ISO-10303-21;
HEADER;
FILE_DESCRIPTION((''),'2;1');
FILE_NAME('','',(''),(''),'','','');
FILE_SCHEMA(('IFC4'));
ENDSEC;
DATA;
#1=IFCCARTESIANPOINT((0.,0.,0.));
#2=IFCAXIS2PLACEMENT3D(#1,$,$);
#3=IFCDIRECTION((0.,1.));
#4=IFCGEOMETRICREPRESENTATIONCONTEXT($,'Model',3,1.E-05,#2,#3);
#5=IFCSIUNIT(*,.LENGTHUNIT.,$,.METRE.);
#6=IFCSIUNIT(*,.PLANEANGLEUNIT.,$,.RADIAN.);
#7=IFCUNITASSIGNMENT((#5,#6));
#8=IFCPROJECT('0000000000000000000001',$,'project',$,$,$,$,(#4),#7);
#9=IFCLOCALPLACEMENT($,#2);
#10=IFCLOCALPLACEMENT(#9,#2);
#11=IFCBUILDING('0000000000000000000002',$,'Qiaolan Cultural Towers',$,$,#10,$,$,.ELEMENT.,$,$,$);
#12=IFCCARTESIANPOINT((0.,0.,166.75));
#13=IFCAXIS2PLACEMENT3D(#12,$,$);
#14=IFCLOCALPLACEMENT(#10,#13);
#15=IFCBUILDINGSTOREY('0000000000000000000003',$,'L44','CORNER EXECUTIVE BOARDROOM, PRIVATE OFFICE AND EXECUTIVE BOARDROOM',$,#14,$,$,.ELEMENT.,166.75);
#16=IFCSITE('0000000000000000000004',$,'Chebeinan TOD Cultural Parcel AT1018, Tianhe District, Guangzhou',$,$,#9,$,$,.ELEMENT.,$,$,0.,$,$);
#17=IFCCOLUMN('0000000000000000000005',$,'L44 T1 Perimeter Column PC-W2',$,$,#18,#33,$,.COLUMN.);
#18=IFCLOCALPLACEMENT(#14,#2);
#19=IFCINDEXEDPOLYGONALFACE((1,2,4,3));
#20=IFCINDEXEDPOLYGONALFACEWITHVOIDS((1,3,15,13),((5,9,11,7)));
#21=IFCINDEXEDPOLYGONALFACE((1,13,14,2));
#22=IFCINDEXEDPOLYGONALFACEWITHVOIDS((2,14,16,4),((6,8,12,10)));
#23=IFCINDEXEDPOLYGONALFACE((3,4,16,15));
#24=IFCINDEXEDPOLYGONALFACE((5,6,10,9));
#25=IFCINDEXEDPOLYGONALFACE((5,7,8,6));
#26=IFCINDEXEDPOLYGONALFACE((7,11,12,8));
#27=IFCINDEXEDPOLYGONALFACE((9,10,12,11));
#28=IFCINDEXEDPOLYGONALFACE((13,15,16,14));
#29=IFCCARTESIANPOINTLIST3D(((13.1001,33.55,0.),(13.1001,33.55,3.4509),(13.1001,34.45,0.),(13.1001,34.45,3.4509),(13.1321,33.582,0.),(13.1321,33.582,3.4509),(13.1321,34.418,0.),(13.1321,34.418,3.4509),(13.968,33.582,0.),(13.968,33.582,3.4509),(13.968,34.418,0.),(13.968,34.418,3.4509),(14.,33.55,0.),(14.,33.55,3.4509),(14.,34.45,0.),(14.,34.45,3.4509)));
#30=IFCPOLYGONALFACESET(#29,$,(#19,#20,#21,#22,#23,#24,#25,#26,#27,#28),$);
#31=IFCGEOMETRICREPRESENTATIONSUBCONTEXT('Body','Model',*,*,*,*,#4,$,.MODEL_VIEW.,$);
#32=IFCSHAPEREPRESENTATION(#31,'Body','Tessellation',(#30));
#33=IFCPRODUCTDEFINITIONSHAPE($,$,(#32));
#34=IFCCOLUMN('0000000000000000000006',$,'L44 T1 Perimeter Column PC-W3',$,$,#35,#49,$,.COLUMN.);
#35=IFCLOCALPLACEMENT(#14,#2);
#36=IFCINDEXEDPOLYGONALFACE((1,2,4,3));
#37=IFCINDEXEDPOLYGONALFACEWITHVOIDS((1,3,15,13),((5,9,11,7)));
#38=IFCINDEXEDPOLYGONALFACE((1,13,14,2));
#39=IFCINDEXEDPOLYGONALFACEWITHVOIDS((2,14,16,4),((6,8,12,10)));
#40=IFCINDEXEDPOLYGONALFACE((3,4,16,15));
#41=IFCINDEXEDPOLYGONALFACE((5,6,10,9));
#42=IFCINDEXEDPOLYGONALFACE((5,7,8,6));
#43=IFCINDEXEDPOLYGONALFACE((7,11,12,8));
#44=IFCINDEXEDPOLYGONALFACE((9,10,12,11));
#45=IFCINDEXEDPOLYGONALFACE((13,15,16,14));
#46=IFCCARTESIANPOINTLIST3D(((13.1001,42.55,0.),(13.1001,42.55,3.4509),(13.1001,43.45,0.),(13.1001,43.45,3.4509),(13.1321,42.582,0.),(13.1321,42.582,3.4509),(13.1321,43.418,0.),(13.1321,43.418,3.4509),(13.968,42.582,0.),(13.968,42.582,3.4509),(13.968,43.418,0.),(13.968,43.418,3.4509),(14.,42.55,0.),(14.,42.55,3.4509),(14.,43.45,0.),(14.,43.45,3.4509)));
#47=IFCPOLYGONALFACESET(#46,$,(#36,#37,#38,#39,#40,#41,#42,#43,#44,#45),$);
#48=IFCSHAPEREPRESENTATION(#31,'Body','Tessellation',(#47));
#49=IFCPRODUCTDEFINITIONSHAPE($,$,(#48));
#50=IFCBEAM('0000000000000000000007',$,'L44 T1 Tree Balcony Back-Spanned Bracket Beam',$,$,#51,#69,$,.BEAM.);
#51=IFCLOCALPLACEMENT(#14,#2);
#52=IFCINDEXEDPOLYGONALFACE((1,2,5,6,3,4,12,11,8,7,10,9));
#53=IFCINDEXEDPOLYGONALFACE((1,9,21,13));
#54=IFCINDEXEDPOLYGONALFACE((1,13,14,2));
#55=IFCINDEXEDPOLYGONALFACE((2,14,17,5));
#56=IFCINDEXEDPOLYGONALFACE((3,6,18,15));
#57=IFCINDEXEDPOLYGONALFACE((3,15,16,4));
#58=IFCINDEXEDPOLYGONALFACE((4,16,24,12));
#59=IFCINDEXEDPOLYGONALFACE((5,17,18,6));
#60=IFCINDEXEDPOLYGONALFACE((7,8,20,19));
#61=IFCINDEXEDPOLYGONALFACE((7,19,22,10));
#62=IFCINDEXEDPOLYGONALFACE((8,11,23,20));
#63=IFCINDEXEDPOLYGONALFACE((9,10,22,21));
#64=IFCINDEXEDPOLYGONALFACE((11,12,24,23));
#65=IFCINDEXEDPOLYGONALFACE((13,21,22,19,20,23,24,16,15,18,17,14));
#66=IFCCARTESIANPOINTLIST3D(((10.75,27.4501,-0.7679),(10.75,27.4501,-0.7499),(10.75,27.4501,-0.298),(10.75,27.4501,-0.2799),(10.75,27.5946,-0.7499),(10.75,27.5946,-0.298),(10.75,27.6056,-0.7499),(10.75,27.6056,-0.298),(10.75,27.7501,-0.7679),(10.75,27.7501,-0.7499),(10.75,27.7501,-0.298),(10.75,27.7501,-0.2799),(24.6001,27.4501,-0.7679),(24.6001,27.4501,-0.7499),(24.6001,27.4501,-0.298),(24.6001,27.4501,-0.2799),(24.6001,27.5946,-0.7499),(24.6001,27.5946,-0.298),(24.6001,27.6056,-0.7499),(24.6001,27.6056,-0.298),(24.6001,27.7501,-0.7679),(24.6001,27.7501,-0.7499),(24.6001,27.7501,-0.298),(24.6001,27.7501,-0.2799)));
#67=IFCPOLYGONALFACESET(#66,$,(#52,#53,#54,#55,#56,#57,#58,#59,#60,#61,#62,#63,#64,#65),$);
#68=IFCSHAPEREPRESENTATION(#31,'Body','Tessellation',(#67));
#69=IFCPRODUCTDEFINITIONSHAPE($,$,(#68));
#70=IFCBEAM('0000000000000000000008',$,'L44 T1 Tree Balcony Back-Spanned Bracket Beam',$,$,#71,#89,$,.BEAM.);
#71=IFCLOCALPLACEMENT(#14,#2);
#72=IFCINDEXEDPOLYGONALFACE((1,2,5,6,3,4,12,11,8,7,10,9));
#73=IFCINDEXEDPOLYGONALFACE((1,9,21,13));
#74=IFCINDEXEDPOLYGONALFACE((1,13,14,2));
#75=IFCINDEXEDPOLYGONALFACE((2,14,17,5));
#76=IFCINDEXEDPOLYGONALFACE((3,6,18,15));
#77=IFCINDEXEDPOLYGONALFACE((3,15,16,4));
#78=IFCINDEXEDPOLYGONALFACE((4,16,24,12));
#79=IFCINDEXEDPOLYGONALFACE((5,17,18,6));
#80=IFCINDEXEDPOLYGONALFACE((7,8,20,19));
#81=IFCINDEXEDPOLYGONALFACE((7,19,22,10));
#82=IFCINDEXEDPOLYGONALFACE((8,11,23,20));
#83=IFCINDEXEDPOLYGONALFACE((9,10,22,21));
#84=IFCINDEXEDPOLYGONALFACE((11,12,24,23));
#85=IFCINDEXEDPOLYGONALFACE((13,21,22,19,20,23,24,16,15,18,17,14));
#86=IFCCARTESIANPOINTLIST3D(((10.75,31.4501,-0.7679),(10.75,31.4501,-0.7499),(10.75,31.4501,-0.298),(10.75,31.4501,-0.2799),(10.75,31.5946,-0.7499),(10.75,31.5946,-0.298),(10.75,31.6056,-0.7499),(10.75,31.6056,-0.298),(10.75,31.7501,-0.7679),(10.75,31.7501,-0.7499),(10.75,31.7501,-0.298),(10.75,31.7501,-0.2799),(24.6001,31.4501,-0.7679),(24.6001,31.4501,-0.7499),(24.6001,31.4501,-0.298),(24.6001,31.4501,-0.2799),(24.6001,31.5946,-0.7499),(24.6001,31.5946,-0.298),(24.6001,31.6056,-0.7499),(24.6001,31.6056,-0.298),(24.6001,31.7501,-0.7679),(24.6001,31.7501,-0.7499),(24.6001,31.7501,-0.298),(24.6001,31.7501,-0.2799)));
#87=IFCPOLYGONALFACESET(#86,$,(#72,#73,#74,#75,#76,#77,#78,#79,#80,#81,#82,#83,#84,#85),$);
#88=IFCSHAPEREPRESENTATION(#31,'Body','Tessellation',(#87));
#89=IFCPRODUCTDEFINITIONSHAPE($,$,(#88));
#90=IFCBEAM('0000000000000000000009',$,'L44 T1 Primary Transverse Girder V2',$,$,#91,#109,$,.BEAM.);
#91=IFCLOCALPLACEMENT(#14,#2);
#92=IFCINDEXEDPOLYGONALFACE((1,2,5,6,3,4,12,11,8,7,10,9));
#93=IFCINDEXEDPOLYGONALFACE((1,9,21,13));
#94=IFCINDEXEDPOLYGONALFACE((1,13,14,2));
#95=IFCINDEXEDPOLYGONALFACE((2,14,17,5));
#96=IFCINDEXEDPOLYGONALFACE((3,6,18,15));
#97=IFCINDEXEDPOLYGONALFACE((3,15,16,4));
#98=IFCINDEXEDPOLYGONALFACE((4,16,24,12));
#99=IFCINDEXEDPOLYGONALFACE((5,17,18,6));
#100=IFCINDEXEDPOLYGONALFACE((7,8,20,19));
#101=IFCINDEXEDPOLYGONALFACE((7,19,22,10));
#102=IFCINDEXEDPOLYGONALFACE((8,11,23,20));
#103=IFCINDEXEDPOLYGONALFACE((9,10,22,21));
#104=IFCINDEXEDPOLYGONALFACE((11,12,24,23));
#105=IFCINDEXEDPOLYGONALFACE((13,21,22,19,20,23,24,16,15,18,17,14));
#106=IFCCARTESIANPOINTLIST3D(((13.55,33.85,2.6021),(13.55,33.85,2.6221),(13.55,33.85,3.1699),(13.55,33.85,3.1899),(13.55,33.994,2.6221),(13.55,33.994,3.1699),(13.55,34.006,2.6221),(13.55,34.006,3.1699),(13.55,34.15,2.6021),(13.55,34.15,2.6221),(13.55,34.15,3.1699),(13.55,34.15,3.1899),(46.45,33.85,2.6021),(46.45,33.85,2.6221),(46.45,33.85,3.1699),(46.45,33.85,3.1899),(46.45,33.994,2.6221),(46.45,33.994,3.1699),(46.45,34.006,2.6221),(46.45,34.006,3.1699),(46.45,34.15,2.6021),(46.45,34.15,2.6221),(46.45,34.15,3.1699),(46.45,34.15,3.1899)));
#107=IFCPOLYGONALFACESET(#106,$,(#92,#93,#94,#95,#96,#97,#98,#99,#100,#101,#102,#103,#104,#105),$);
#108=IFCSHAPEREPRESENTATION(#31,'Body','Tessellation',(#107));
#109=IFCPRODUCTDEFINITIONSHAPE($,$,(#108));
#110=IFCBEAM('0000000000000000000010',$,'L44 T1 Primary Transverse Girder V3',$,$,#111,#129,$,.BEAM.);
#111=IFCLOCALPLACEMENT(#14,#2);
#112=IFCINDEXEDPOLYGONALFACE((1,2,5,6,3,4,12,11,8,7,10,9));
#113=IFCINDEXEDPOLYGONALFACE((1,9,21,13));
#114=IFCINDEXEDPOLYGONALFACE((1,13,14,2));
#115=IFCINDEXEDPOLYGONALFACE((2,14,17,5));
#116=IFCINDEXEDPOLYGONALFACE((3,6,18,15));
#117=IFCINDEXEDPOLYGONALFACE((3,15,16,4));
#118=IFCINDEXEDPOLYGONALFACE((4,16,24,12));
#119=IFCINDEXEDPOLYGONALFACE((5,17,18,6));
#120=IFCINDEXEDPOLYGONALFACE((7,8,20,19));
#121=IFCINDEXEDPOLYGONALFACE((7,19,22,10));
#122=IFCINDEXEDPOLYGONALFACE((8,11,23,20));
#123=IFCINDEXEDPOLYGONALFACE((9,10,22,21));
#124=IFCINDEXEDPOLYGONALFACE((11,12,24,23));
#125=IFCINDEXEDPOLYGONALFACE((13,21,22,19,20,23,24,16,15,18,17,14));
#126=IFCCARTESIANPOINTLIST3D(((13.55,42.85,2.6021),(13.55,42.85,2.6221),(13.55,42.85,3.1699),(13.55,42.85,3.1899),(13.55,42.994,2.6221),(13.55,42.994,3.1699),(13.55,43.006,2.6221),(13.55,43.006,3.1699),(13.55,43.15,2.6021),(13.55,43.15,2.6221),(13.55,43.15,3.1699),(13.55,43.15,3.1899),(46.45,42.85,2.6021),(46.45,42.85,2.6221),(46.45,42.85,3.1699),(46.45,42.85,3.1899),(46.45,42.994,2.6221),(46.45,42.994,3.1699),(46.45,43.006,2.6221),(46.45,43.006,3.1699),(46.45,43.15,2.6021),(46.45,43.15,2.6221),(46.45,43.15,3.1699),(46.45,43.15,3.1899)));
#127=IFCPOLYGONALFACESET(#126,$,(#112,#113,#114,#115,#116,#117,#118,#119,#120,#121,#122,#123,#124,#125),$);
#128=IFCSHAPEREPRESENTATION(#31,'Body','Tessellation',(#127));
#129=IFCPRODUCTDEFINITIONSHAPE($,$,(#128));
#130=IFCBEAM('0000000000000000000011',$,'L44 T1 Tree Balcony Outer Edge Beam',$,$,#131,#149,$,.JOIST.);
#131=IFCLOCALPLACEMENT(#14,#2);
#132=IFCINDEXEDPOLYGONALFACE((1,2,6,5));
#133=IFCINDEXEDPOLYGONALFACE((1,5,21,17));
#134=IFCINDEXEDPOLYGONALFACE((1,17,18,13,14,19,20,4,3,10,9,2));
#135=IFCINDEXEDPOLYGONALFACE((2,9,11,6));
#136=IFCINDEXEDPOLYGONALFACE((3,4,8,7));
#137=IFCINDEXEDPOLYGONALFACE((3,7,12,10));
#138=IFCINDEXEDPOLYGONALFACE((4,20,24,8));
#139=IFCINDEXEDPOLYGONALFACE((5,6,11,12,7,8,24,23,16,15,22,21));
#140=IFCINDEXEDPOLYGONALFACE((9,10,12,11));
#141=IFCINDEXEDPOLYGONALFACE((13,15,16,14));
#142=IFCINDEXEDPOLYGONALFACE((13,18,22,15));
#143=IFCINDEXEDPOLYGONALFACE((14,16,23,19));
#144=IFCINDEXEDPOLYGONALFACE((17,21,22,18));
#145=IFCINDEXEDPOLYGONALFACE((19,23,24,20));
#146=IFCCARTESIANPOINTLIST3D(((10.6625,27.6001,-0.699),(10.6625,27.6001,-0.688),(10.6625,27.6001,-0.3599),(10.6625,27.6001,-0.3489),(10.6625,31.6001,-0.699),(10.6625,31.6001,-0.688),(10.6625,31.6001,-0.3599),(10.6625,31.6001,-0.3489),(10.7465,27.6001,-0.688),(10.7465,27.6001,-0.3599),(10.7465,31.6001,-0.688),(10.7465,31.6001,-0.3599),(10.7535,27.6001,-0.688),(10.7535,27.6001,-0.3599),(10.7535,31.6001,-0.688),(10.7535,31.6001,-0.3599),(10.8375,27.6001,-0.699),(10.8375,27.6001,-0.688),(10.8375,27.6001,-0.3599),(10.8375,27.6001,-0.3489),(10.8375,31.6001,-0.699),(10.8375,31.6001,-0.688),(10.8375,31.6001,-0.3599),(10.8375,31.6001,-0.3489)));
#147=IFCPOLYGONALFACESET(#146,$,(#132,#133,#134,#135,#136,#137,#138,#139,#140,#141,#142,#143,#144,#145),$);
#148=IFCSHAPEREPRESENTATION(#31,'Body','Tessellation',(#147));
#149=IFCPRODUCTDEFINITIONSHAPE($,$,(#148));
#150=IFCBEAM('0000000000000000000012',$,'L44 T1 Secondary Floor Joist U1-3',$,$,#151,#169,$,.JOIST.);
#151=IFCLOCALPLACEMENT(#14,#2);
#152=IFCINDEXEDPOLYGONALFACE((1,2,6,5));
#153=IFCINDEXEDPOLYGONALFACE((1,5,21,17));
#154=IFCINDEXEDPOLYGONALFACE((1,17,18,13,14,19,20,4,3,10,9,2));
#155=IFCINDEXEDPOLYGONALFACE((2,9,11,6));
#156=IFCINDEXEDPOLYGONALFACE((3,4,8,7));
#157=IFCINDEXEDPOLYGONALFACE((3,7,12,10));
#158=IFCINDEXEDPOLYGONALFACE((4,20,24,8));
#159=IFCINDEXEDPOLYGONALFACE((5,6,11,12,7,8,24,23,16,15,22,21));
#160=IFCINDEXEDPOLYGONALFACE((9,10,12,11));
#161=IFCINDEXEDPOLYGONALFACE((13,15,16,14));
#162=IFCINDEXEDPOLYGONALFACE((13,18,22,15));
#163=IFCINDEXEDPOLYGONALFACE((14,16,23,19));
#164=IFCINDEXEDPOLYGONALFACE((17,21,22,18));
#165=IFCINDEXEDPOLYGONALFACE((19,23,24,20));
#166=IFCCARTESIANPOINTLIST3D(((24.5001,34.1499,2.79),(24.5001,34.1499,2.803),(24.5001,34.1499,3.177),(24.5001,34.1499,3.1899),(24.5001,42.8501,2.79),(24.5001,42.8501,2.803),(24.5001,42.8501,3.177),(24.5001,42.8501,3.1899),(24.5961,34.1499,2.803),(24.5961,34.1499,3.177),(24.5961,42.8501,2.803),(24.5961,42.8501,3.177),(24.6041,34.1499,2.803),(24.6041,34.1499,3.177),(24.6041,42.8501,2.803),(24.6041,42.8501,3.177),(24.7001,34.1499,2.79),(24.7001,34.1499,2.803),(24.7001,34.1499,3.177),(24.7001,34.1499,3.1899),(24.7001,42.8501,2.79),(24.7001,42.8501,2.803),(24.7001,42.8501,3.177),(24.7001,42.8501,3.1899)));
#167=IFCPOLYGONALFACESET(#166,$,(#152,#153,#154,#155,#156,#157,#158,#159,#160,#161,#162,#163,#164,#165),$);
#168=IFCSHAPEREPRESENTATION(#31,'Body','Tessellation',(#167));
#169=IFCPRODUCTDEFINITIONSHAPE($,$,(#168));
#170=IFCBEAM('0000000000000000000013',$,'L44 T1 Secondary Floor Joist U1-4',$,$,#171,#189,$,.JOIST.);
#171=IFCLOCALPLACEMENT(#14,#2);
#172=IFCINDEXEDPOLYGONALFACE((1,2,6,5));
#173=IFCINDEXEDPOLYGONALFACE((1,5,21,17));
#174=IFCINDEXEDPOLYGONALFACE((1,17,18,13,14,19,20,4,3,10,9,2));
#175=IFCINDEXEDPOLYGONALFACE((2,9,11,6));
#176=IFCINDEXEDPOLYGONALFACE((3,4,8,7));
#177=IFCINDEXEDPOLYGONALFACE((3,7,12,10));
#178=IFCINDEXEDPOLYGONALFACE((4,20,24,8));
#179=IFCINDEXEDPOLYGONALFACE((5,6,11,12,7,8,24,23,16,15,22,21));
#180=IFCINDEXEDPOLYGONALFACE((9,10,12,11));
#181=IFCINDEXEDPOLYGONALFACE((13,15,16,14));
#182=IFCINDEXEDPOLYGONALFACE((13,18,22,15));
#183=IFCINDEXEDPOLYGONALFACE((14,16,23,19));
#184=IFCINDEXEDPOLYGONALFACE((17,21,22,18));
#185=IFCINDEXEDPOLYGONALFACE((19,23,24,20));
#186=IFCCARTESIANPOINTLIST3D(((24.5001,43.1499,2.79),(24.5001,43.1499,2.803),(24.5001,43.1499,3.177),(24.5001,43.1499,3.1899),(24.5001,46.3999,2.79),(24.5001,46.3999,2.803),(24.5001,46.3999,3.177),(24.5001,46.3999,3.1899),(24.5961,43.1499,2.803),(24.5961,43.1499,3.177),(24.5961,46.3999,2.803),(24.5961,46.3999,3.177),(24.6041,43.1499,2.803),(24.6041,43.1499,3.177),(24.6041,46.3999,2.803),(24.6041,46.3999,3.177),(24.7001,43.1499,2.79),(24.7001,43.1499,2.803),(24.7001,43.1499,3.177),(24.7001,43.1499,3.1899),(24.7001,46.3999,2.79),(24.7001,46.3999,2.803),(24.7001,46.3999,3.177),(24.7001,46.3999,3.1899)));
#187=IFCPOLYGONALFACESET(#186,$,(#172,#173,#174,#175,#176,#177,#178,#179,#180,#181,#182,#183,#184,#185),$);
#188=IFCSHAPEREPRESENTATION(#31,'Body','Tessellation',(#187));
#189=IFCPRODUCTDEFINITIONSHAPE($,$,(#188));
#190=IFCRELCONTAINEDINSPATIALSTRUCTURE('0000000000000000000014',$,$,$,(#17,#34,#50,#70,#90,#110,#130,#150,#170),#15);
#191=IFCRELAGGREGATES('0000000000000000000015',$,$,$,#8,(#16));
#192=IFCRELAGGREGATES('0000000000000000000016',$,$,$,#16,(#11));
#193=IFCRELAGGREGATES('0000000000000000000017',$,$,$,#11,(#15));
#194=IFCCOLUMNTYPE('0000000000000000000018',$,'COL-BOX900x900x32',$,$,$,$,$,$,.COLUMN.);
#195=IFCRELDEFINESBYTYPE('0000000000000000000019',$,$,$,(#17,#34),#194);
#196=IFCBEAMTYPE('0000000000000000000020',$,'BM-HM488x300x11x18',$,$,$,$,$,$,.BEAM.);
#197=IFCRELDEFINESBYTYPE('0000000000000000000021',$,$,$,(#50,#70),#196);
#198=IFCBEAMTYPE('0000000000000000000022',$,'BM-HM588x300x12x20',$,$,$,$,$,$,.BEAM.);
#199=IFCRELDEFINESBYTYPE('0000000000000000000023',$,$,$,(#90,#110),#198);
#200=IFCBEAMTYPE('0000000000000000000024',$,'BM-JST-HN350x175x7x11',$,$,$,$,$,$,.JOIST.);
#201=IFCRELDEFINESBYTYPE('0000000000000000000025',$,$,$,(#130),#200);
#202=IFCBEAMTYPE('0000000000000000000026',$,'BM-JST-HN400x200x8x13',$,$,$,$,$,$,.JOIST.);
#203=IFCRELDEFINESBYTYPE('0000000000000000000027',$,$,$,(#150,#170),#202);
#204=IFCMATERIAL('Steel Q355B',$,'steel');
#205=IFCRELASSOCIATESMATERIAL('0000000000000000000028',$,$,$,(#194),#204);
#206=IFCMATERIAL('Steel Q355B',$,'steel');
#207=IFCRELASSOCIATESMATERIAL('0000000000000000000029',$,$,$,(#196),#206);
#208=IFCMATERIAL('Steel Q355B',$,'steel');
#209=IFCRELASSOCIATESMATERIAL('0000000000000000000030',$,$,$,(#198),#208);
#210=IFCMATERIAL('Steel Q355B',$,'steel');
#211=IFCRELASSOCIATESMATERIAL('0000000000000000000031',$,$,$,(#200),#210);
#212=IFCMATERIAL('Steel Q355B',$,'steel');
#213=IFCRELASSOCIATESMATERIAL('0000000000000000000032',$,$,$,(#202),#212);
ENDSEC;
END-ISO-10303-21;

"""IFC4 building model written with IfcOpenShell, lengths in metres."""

from ifc_helpers import new_model, si_unit, direction, frame, origin, origin_2d, place, context, subcontext, project, spatial, hollow_rectangle, i_section, extrude, material, material_profile, profile_set, type_object, element, save


model = new_model("IFC4")

# Units and contexts
model_context = context("Model", 3, precision=1e-05, world=origin(), true_north=direction((0.0, 1.0)))
body_context = subcontext(model_context, "Body", "Model", "MODEL_VIEW")
ifc_project = project(units=[si_unit("LENGTHUNIT", "METRE"), si_unit("PLANEANGLEUNIT", "RADIAN")], contexts=[model_context])

# Site, building, storey
site_placement = place(None, origin())
site = spatial("IfcSite", under=ifc_project, at=site_placement, Name="Chebeinan TOD Cultural Parcel AT1018, Tianhe District, Guangzhou", CompositionType="ELEMENT", RefElevation=0.0)
building_placement = place(site_placement, origin())
building = spatial("IfcBuilding", under=site, at=building_placement, Name="Qiaolan Cultural Towers", CompositionType="ELEMENT")
storey_placement = place(building_placement, frame((0.0, 0.0, 166.75)))
storey = spatial("IfcBuildingStorey", under=building, at=storey_placement, Name="L44", Description="CORNER EXECUTIVE BOARDROOM, PRIVATE OFFICE AND EXECUTIVE BOARDROOM", CompositionType="ELEMENT", Elevation=166.75)

# Columns
ifc_material_1 = material(Name="Steel Q355B", Category="steel")
ifc_material_profile_1 = material_profile(ifc_material_1, hollow_rectangle(XDim=0.8999, YDim=0.8999, WallThickness=0.032, at=origin_2d()), Name="BOX900x900x32")
ifc_profile_set_1 = profile_set([ifc_material_profile_1], Name="Steel Q355B")
column_type = type_object("IfcColumnType", Name="COL-BOX900x900x32", PredefinedType="COLUMN", material=ifc_profile_set_1)
for number, where, z_axis, x_axis, name in (
    (1, (13.55, 34.0, 0.0), (0.0, 0.0, 1.0), (1.0, 0.0, 0.0), "L44 T1 Perimeter Column PC-W2"),
    (2, (13.55, 43.0, 0.0), (0.0, 0.0, 1.0), (1.0, 0.0, 0.0), "L44 T1 Perimeter Column PC-W3"),
):
    element("IfcColumn", number, at=place(storey_placement, frame(where, z_axis=z_axis, x_axis=x_axis)), inside=storey, type_object=column_type, Name=name, PredefinedType="COLUMN", context=body_context, shape_type="SweptSolid", body=[
        extrude(hollow_rectangle(XDim=0.8999, YDim=0.8999, WallThickness=0.032, at=origin_2d()), origin(), (0.0, 0.0, 1.0), 3.4509),
    ])

# Beams
ifc_material_2 = material(Name="Steel Q355B", Category="steel")
ifc_material_profile_2 = material_profile(ifc_material_2, i_section(OverallWidth=0.3, OverallDepth=0.488, WebThickness=0.011, FlangeThickness=0.0181, at=origin_2d()), Name="HM488x300x11x18")
ifc_profile_set_2 = profile_set([ifc_material_profile_2], Name="Steel Q355B")
beam_type_1 = type_object("IfcBeamType", Name="BM-HM488x300x11x18", PredefinedType="BEAM", material=ifc_profile_set_2)
for number, where, z_axis, x_axis, name in (
    (3, (24.6001, 27.6001, -0.5239), (-1.0, 0.0, 0.0), (0.0, -1.0, 0.0), "L44 T1 Tree Balcony Back-Spanned Bracket Beam"),
    (4, (24.6001, 31.6001, -0.5239), (-1.0, 0.0, 0.0), (0.0, -1.0, 0.0), "L44 T1 Tree Balcony Back-Spanned Bracket Beam"),
):
    element("IfcBeam", number, at=place(storey_placement, frame(where, z_axis=z_axis, x_axis=x_axis)), inside=storey, type_object=beam_type_1, Name=name, PredefinedType="BEAM", context=body_context, shape_type="SweptSolid", body=[
        extrude(i_section(OverallWidth=0.3, OverallDepth=0.488, WebThickness=0.011, FlangeThickness=0.0181, at=origin_2d()), origin(), (0.0, 0.0, 1.0), 13.8501),
    ])
ifc_material_3 = material(Name="Steel Q355B", Category="steel")
ifc_material_profile_3 = material_profile(ifc_material_3, i_section(OverallWidth=0.3, OverallDepth=0.5879, WebThickness=0.012, FlangeThickness=0.02, at=origin_2d()), Name="HM588x300x12x20")
ifc_profile_set_3 = profile_set([ifc_material_profile_3], Name="Steel Q355B")
beam_type_2 = type_object("IfcBeamType", Name="BM-HM588x300x12x20", PredefinedType="BEAM", material=ifc_profile_set_3)
for number, where, z_axis, x_axis, name in (
    (5, (13.55, 34.0, 2.896), (1.0, 0.0, 0.0), (0.0, 1.0, 0.0), "L44 T1 Primary Transverse Girder V2"),
    (6, (13.55, 43.0, 2.896), (1.0, 0.0, 0.0), (0.0, 1.0, 0.0), "L44 T1 Primary Transverse Girder V3"),
):
    element("IfcBeam", number, at=place(storey_placement, frame(where, z_axis=z_axis, x_axis=x_axis)), inside=storey, type_object=beam_type_2, Name=name, PredefinedType="BEAM", context=body_context, shape_type="SweptSolid", body=[
        extrude(i_section(OverallWidth=0.3, OverallDepth=0.5879, WebThickness=0.012, FlangeThickness=0.02, at=origin_2d()), origin(), (0.0, 0.0, 1.0), 32.8999),
    ])
ifc_material_4 = material(Name="Steel Q355B", Category="steel")
ifc_material_profile_4 = material_profile(ifc_material_4, i_section(OverallWidth=0.175, OverallDepth=0.3501, WebThickness=0.0071, FlangeThickness=0.011, at=origin_2d()), Name="HN350x175x7x11")
ifc_profile_set_4 = profile_set([ifc_material_profile_4], Name="Steel Q355B")
beam_type_3 = type_object("IfcBeamType", Name="BM-JST-HN350x175x7x11", PredefinedType="JOIST", material=ifc_profile_set_4)
beam_1_placement = place(storey_placement, frame((10.75, 27.6001, -0.5239), z_axis=(0.0, 1.0, 0.0), x_axis=(-1.0, 0.0, 0.0)))
element("IfcBeam", 7, at=beam_1_placement, inside=storey, type_object=beam_type_3, Name="L44 T1 Tree Balcony Outer Edge Beam", PredefinedType="JOIST", context=body_context, shape_type="SweptSolid", body=[
    extrude(i_section(OverallWidth=0.175, OverallDepth=0.3501, WebThickness=0.0071, FlangeThickness=0.011, at=origin_2d()), origin(), (0.0, 0.0, 1.0), 4.0),
])
ifc_material_5 = material(Name="Steel Q355B", Category="steel")
ifc_material_profile_5 = material_profile(ifc_material_5, i_section(OverallWidth=0.2, OverallDepth=0.3999, WebThickness=0.0081, FlangeThickness=0.0129, at=origin_2d()), Name="HN400x200x8x13")
ifc_profile_set_5 = profile_set([ifc_material_profile_5], Name="Steel Q355B")
beam_type_4 = type_object("IfcBeamType", Name="BM-JST-HN400x200x8x13", PredefinedType="JOIST", material=ifc_profile_set_5)
beam_2_placement = place(storey_placement, frame((24.6001, 34.1499, 2.99), z_axis=(0.0, 1.0, 0.0), x_axis=(-1.0, 0.0, 0.0)))
element("IfcBeam", 8, at=beam_2_placement, inside=storey, type_object=beam_type_4, Name="L44 T1 Secondary Floor Joist U1-3", PredefinedType="JOIST", context=body_context, shape_type="SweptSolid", body=[
    extrude(i_section(OverallWidth=0.2, OverallDepth=0.3999, WebThickness=0.0081, FlangeThickness=0.0129, at=origin_2d()), origin(), (0.0, 0.0, 1.0), 8.7002),
])
beam_3_placement = place(storey_placement, frame((24.6001, 43.1499, 2.99), z_axis=(0.0, 1.0, 0.0), x_axis=(-1.0, 0.0, 0.0)))
element("IfcBeam", 9, at=beam_3_placement, inside=storey, type_object=beam_type_4, Name="L44 T1 Secondary Floor Joist U1-4", PredefinedType="JOIST", context=body_context, shape_type="SweptSolid", body=[
    extrude(i_section(OverallWidth=0.2, OverallDepth=0.3999, WebThickness=0.0081, FlangeThickness=0.0129, at=origin_2d()), origin(), (0.0, 0.0, 1.0), 3.25),
])

save(model, "model.ifc")
